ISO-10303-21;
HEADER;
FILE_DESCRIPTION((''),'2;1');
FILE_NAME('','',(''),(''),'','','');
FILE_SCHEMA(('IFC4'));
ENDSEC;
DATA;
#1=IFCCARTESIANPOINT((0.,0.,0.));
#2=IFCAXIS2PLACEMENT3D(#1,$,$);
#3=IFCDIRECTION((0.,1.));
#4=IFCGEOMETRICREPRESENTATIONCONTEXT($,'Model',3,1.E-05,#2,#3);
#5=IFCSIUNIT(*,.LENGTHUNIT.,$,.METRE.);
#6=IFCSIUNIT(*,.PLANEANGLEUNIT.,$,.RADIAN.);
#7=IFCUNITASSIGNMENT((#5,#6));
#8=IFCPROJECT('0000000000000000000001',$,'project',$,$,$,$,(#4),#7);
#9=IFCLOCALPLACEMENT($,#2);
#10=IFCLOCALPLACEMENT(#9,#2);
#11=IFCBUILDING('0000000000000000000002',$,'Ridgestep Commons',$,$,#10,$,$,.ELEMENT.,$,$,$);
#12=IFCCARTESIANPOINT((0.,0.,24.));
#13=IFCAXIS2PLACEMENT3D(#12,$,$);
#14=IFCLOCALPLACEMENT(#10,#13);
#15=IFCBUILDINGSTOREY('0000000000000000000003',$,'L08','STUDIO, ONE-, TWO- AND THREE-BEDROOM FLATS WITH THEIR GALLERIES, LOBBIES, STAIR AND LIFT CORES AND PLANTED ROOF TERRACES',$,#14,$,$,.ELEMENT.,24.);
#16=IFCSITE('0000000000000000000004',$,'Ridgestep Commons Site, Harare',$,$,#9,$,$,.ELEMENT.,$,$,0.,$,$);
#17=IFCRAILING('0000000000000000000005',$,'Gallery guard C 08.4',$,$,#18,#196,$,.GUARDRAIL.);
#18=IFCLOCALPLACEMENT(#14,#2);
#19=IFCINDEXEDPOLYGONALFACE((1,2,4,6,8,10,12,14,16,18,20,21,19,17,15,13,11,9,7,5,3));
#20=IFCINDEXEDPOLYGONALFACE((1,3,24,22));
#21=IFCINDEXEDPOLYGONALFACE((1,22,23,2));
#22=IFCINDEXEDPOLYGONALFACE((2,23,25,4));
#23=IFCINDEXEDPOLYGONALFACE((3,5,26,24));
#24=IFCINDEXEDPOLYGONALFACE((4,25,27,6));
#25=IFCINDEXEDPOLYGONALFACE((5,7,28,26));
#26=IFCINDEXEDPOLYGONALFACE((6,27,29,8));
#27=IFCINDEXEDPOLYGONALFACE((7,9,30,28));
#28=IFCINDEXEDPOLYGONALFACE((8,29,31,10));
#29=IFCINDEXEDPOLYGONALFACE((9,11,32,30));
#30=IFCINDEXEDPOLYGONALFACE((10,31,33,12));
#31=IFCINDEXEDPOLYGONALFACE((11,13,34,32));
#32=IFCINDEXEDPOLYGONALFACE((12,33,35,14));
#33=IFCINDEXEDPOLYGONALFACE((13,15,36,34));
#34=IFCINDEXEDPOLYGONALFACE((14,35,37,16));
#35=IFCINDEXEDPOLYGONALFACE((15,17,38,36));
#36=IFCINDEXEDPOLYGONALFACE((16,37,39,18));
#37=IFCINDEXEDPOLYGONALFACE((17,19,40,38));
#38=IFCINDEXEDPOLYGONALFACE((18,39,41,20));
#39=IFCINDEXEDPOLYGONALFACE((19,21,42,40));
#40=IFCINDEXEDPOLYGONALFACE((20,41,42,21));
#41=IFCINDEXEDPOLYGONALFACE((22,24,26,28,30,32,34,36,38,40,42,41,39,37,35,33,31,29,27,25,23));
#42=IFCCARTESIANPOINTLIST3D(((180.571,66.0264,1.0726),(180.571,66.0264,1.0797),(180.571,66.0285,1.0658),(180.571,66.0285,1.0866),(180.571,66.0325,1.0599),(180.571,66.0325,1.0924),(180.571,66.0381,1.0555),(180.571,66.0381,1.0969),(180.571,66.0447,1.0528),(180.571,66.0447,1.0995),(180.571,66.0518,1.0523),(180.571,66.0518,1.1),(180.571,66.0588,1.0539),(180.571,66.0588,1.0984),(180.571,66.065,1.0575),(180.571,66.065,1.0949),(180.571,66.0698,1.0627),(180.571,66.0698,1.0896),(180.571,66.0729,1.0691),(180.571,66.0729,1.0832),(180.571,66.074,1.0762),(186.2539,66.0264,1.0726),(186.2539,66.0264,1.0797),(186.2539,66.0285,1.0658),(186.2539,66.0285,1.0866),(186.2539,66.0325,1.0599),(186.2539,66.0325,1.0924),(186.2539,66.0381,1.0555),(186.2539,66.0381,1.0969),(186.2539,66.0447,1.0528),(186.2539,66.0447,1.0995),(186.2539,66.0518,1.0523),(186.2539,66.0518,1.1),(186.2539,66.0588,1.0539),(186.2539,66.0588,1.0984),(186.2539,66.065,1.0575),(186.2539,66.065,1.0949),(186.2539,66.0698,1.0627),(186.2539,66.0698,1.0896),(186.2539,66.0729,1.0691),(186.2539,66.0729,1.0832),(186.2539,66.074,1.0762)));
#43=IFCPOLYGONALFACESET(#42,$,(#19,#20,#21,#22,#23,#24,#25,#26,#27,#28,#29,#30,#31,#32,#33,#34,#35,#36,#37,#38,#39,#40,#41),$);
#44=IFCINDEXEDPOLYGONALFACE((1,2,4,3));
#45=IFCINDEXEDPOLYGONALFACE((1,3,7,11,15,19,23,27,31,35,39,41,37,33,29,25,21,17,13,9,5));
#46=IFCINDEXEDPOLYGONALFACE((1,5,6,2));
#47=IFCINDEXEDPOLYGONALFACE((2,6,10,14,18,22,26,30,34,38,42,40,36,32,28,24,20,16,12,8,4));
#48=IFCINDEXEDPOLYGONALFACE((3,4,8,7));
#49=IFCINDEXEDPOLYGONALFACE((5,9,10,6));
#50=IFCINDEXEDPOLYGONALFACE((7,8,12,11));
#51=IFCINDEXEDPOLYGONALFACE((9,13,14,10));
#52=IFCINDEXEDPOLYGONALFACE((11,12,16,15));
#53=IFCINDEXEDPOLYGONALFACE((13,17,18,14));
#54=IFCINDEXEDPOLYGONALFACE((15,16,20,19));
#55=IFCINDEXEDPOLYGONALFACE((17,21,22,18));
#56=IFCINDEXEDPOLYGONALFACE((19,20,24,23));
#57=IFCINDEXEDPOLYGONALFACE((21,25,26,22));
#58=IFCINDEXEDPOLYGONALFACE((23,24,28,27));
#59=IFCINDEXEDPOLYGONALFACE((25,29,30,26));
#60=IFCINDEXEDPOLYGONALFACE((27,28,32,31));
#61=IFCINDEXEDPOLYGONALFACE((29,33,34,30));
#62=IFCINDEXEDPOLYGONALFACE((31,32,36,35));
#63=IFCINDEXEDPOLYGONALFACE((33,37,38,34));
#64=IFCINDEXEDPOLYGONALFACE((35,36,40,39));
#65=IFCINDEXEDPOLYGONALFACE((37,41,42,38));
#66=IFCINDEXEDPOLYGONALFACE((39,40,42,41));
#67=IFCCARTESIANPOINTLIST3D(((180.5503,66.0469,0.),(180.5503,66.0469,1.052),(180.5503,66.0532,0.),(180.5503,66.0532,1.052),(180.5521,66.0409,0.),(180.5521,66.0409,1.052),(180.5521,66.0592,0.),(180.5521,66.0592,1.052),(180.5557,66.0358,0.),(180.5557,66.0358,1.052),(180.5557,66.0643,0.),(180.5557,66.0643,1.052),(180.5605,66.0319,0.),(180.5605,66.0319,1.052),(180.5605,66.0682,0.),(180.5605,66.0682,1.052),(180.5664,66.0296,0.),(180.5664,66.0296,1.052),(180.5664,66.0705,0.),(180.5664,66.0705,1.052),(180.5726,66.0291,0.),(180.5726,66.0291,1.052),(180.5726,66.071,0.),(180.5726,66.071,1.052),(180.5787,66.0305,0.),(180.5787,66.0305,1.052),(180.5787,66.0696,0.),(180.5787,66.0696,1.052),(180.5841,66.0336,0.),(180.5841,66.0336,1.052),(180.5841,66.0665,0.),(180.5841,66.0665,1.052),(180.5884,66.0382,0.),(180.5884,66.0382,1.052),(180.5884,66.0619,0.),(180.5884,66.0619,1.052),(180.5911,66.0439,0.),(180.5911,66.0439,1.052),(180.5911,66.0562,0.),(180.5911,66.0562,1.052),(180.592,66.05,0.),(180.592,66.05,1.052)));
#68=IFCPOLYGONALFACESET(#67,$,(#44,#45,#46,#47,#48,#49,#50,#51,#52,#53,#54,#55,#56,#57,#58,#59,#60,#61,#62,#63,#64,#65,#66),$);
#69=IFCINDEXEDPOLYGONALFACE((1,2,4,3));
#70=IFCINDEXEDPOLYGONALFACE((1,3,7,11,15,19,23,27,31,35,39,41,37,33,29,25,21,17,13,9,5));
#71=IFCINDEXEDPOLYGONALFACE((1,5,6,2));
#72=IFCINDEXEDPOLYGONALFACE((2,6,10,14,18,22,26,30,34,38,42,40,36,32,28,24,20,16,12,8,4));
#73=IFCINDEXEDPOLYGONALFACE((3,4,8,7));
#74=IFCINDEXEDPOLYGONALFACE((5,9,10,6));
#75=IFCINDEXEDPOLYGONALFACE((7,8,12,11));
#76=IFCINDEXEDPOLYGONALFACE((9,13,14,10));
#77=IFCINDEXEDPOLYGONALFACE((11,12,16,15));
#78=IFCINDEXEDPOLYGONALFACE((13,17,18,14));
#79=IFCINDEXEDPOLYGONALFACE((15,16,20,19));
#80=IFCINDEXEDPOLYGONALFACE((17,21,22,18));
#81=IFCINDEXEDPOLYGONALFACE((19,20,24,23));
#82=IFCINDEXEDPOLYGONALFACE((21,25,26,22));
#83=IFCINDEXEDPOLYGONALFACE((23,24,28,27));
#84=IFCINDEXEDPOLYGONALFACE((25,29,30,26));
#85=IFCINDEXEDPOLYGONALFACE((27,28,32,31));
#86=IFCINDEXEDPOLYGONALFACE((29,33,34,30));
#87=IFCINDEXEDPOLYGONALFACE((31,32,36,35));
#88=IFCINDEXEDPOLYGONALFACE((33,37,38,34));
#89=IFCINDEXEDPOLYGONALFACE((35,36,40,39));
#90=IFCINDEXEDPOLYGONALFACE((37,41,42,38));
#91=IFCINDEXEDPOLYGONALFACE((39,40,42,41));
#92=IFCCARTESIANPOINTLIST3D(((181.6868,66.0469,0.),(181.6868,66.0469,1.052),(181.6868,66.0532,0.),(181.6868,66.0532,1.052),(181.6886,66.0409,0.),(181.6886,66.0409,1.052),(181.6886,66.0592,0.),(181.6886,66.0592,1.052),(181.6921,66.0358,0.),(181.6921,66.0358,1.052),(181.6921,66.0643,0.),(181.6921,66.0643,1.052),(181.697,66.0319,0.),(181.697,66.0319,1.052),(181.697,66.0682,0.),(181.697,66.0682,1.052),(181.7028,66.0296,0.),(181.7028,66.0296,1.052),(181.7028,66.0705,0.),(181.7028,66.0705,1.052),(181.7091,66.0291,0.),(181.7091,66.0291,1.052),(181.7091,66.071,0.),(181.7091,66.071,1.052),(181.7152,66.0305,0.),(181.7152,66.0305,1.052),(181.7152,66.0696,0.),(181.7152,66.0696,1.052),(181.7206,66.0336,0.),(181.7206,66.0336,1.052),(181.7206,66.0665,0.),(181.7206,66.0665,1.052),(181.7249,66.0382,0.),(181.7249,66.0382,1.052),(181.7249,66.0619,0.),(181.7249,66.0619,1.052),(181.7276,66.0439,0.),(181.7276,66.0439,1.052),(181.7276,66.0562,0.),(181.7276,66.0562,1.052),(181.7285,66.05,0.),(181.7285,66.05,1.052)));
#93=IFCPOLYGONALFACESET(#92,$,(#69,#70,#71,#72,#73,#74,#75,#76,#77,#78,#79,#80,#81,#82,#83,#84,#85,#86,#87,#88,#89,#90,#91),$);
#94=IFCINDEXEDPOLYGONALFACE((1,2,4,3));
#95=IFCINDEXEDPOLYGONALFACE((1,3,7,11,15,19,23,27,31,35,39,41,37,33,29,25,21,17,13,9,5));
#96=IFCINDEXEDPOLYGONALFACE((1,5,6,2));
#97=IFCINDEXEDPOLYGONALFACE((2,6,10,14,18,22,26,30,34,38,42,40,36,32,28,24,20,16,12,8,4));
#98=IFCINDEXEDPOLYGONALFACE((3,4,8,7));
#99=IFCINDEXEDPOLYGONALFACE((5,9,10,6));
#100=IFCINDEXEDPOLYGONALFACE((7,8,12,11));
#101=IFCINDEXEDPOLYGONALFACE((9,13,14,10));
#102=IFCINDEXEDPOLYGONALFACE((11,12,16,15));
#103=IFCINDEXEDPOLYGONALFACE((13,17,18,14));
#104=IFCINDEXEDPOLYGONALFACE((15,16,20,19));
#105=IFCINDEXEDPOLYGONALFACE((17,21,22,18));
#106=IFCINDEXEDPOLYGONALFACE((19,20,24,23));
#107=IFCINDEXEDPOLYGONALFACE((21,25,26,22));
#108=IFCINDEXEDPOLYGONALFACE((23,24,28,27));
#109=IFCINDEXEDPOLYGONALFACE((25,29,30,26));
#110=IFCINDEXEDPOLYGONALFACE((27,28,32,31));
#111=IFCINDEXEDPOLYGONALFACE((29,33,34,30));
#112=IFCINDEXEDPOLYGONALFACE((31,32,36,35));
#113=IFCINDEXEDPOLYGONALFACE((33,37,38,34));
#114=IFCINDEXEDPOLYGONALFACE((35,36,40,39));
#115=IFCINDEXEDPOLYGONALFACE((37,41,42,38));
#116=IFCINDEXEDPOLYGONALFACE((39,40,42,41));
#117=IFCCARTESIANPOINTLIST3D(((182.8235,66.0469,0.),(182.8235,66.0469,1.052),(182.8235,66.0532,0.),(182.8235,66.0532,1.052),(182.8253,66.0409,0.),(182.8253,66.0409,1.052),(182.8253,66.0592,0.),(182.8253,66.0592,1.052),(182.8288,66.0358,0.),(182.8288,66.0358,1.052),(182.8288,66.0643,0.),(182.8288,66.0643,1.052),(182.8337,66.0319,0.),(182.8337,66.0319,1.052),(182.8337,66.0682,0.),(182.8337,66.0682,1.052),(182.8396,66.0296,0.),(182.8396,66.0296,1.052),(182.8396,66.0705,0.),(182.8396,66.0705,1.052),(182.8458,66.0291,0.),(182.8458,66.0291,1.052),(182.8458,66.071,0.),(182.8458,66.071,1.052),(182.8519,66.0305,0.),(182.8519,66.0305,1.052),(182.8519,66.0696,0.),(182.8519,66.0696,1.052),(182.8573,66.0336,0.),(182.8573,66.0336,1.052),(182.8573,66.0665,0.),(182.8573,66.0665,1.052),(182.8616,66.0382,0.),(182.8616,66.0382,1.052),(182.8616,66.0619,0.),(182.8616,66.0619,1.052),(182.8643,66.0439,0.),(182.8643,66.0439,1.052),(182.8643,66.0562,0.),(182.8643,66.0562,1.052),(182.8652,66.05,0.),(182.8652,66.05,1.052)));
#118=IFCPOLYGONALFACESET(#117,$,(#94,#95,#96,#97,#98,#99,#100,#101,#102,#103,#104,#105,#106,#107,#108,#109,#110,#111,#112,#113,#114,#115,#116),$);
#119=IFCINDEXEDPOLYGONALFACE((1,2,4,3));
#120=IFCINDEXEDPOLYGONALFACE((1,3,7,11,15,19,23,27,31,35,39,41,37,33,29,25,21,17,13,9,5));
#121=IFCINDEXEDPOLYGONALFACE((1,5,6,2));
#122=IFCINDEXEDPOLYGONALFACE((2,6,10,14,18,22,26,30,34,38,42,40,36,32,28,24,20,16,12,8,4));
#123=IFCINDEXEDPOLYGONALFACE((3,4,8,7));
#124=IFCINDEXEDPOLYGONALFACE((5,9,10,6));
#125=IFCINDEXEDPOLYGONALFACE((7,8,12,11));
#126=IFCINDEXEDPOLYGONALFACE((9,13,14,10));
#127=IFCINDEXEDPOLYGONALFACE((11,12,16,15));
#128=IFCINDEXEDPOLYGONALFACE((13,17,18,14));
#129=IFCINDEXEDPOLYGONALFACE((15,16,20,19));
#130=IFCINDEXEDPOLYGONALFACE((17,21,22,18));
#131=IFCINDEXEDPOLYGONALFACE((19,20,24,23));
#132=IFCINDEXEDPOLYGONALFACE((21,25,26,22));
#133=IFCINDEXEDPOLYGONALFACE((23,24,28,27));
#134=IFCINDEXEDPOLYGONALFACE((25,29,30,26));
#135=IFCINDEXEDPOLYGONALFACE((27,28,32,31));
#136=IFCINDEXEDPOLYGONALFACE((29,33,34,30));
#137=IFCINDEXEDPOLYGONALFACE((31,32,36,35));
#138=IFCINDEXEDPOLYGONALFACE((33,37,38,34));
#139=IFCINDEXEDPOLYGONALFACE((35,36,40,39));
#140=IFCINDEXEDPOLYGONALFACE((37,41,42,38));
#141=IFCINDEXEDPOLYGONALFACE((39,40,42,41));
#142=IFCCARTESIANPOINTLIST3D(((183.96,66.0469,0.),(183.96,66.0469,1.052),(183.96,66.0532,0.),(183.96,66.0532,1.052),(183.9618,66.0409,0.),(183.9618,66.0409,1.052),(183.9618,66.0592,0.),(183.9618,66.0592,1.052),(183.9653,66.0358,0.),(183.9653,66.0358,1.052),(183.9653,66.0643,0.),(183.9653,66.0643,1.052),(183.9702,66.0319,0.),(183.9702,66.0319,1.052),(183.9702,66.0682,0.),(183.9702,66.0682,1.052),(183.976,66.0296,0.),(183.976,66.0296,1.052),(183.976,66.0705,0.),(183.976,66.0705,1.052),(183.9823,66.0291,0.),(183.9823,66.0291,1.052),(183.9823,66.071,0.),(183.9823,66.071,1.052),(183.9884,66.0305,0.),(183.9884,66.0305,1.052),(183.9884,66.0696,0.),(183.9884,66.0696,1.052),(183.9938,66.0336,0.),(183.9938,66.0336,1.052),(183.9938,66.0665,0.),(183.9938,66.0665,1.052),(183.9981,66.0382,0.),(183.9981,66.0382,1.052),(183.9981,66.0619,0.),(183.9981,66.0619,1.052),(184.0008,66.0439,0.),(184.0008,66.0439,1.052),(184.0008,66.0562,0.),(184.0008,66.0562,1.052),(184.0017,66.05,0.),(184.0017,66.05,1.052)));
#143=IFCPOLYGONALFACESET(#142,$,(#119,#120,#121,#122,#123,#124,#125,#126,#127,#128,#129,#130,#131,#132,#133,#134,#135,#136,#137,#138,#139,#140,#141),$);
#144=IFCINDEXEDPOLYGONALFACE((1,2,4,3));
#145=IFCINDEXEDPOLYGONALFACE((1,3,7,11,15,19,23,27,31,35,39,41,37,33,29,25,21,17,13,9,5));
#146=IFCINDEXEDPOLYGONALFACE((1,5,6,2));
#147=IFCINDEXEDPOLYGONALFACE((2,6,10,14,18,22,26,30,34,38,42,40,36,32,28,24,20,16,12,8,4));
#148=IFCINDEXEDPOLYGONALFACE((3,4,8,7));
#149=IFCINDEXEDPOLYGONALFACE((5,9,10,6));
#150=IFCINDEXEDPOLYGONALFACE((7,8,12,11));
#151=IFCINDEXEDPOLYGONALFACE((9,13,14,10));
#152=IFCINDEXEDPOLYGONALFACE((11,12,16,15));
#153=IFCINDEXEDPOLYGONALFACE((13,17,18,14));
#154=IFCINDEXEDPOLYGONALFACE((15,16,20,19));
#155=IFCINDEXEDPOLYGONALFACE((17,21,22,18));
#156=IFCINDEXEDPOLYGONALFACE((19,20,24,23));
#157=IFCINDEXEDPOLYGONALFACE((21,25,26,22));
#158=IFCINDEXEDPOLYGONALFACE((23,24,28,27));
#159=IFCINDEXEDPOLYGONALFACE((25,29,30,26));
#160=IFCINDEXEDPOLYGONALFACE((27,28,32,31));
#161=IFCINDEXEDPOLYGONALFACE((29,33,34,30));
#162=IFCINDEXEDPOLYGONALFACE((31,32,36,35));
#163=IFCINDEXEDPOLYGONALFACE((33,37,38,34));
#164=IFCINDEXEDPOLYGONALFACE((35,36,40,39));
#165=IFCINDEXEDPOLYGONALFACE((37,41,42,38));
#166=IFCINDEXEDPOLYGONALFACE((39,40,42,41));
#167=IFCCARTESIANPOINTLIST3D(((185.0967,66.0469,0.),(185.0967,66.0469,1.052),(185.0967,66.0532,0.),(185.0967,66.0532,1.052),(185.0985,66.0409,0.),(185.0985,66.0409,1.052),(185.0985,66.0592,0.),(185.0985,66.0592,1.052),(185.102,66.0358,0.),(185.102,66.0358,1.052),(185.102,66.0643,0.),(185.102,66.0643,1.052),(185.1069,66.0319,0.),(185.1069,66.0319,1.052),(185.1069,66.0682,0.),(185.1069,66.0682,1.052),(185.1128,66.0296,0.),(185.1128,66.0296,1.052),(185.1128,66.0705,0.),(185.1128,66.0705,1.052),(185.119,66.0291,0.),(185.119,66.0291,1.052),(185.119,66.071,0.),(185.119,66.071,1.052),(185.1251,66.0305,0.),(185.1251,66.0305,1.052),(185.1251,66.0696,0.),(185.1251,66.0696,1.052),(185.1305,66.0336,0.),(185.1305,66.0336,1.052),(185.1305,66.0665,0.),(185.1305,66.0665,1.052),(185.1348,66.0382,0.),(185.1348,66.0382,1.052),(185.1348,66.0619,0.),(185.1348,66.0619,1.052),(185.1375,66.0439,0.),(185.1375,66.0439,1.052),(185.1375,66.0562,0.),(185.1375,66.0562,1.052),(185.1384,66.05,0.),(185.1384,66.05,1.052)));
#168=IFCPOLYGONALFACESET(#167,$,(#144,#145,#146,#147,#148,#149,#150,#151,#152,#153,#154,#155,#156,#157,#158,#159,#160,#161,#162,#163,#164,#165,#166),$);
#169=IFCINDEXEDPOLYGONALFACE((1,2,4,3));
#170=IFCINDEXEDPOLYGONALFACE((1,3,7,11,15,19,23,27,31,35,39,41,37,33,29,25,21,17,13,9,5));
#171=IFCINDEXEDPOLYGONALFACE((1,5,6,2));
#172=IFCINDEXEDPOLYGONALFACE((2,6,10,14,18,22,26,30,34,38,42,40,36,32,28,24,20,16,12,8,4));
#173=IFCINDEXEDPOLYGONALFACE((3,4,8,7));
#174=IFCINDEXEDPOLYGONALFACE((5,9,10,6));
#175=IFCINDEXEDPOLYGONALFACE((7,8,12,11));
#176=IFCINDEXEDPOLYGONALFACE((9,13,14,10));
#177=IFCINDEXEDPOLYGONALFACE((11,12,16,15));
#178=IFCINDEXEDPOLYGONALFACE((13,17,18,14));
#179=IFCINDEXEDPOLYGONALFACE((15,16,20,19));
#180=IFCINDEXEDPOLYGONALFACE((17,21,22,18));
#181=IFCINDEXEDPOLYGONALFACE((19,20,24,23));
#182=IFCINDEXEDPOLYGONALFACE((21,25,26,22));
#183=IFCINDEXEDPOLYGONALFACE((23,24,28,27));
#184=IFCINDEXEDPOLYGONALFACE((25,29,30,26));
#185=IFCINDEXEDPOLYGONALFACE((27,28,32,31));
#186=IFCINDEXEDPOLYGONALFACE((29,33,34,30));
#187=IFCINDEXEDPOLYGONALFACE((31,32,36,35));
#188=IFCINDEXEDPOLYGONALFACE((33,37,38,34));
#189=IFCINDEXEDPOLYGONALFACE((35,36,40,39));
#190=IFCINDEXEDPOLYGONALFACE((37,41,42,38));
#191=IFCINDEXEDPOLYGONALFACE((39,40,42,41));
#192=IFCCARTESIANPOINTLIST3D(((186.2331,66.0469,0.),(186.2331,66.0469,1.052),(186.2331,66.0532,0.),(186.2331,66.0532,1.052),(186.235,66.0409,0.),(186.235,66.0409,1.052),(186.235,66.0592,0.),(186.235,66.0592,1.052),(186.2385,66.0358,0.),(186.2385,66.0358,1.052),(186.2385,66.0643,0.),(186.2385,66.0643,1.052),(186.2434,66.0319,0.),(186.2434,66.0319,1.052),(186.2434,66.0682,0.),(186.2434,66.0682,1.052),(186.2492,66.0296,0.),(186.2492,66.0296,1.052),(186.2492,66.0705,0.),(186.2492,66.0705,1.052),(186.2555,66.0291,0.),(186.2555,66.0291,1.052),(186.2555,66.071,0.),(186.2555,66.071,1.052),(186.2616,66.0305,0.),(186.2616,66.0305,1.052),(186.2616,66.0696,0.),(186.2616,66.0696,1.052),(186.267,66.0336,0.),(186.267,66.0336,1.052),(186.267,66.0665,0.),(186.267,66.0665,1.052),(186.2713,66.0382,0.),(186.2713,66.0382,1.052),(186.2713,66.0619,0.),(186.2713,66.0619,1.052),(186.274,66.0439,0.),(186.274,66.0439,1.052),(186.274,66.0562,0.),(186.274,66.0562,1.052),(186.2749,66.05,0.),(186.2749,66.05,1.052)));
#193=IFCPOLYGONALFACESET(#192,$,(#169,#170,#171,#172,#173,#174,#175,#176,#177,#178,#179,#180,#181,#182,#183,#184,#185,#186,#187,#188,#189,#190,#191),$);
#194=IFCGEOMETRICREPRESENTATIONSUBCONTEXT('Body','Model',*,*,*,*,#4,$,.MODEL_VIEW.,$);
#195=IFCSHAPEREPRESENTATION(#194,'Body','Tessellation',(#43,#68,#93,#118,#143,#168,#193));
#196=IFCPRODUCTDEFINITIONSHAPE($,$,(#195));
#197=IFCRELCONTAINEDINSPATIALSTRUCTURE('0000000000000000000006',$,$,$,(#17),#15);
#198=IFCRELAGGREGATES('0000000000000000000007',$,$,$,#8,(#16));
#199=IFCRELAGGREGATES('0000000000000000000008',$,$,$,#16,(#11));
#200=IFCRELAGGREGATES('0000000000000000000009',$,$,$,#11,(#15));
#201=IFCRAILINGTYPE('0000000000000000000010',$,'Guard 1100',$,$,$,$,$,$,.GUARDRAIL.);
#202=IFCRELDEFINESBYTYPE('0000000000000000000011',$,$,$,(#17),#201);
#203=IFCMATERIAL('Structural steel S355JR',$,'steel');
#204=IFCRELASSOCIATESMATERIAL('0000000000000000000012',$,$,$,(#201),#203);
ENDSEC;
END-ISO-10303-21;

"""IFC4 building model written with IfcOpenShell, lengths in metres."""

from ifc_helpers import new_model, si_unit, direction, frame, origin, origin_2d, place, context, subcontext, project, spatial, circle, extrude, material, type_object, element, save


model = new_model("IFC4")

# Units and contexts
model_context = context("Model", 3, precision=1e-05, world=origin(), true_north=direction((0.0, 1.0)))
body_context = subcontext(model_context, "Body", "Model", "MODEL_VIEW")
ifc_project = project(units=[si_unit("LENGTHUNIT", "METRE"), si_unit("PLANEANGLEUNIT", "RADIAN")], contexts=[model_context])

# Site, building, storey
site_placement = place(None, origin())
site = spatial("IfcSite", under=ifc_project, at=site_placement, Name="Ridgestep Commons Site, Harare", CompositionType="ELEMENT", RefElevation=0.0)
building_placement = place(site_placement, origin())
building = spatial("IfcBuilding", under=site, at=building_placement, Name="Ridgestep Commons", CompositionType="ELEMENT")
storey_placement = place(building_placement, frame((0.0, 0.0, 24.0)))
storey = spatial("IfcBuildingStorey", under=building, at=storey_placement, Name="L08", Description="STUDIO, ONE-, TWO- AND THREE-BEDROOM FLATS WITH THEIR GALLERIES, LOBBIES, STAIR AND LIFT CORES AND PLANTED ROOF TERRACES", CompositionType="ELEMENT", Elevation=24.0)

# Railing
ifc_material_1 = material(Name="Structural steel S355JR", Category="steel")
railing_type_1 = type_object("IfcRailingType", Name="Guard 1100", PredefinedType="GUARDRAIL", material=ifc_material_1)
railing_1_placement = place(storey_placement, frame((180.571, 66.05, 0.0)))
element("IfcRailing", 1, at=railing_1_placement, inside=storey, type_object=railing_type_1, Name="Gallery guard C 08.4", PredefinedType="GUARDRAIL", context=body_context, shape_type="SweptSolid", body=[
    extrude(circle(Radius=0.0239, at=origin_2d()), frame((0.0, 0.0, 1.0762), z_axis=(1.0, 0.0, 0.0), x_axis=(0.0, 1.0, 0.0)), (0.0, 0.0, 1.0), 5.6829),
    extrude(circle(Radius=0.021, at=origin_2d()), origin(), (0.0, 0.0, 1.0), 1.052),
    extrude(circle(Radius=0.021, at=origin_2d()), frame((1.1365, 0.0, 0.0)), (0.0, 0.0, 1.0), 1.052),
    extrude(circle(Radius=0.021, at=origin_2d()), frame((2.2732, 0.0, 0.0)), (0.0, 0.0, 1.0), 1.052),
    extrude(circle(Radius=0.021, at=origin_2d()), frame((3.4097, 0.0, 0.0)), (0.0, 0.0, 1.0), 1.052),
    extrude(circle(Radius=0.021, at=origin_2d()), frame((4.5464, 0.0, 0.0)), (0.0, 0.0, 1.0), 1.052),
    extrude(circle(Radius=0.021, at=origin_2d()), frame((5.6829, 0.0, 0.0)), (0.0, 0.0, 1.0), 1.052),
])

save(model, "model.ifc")
